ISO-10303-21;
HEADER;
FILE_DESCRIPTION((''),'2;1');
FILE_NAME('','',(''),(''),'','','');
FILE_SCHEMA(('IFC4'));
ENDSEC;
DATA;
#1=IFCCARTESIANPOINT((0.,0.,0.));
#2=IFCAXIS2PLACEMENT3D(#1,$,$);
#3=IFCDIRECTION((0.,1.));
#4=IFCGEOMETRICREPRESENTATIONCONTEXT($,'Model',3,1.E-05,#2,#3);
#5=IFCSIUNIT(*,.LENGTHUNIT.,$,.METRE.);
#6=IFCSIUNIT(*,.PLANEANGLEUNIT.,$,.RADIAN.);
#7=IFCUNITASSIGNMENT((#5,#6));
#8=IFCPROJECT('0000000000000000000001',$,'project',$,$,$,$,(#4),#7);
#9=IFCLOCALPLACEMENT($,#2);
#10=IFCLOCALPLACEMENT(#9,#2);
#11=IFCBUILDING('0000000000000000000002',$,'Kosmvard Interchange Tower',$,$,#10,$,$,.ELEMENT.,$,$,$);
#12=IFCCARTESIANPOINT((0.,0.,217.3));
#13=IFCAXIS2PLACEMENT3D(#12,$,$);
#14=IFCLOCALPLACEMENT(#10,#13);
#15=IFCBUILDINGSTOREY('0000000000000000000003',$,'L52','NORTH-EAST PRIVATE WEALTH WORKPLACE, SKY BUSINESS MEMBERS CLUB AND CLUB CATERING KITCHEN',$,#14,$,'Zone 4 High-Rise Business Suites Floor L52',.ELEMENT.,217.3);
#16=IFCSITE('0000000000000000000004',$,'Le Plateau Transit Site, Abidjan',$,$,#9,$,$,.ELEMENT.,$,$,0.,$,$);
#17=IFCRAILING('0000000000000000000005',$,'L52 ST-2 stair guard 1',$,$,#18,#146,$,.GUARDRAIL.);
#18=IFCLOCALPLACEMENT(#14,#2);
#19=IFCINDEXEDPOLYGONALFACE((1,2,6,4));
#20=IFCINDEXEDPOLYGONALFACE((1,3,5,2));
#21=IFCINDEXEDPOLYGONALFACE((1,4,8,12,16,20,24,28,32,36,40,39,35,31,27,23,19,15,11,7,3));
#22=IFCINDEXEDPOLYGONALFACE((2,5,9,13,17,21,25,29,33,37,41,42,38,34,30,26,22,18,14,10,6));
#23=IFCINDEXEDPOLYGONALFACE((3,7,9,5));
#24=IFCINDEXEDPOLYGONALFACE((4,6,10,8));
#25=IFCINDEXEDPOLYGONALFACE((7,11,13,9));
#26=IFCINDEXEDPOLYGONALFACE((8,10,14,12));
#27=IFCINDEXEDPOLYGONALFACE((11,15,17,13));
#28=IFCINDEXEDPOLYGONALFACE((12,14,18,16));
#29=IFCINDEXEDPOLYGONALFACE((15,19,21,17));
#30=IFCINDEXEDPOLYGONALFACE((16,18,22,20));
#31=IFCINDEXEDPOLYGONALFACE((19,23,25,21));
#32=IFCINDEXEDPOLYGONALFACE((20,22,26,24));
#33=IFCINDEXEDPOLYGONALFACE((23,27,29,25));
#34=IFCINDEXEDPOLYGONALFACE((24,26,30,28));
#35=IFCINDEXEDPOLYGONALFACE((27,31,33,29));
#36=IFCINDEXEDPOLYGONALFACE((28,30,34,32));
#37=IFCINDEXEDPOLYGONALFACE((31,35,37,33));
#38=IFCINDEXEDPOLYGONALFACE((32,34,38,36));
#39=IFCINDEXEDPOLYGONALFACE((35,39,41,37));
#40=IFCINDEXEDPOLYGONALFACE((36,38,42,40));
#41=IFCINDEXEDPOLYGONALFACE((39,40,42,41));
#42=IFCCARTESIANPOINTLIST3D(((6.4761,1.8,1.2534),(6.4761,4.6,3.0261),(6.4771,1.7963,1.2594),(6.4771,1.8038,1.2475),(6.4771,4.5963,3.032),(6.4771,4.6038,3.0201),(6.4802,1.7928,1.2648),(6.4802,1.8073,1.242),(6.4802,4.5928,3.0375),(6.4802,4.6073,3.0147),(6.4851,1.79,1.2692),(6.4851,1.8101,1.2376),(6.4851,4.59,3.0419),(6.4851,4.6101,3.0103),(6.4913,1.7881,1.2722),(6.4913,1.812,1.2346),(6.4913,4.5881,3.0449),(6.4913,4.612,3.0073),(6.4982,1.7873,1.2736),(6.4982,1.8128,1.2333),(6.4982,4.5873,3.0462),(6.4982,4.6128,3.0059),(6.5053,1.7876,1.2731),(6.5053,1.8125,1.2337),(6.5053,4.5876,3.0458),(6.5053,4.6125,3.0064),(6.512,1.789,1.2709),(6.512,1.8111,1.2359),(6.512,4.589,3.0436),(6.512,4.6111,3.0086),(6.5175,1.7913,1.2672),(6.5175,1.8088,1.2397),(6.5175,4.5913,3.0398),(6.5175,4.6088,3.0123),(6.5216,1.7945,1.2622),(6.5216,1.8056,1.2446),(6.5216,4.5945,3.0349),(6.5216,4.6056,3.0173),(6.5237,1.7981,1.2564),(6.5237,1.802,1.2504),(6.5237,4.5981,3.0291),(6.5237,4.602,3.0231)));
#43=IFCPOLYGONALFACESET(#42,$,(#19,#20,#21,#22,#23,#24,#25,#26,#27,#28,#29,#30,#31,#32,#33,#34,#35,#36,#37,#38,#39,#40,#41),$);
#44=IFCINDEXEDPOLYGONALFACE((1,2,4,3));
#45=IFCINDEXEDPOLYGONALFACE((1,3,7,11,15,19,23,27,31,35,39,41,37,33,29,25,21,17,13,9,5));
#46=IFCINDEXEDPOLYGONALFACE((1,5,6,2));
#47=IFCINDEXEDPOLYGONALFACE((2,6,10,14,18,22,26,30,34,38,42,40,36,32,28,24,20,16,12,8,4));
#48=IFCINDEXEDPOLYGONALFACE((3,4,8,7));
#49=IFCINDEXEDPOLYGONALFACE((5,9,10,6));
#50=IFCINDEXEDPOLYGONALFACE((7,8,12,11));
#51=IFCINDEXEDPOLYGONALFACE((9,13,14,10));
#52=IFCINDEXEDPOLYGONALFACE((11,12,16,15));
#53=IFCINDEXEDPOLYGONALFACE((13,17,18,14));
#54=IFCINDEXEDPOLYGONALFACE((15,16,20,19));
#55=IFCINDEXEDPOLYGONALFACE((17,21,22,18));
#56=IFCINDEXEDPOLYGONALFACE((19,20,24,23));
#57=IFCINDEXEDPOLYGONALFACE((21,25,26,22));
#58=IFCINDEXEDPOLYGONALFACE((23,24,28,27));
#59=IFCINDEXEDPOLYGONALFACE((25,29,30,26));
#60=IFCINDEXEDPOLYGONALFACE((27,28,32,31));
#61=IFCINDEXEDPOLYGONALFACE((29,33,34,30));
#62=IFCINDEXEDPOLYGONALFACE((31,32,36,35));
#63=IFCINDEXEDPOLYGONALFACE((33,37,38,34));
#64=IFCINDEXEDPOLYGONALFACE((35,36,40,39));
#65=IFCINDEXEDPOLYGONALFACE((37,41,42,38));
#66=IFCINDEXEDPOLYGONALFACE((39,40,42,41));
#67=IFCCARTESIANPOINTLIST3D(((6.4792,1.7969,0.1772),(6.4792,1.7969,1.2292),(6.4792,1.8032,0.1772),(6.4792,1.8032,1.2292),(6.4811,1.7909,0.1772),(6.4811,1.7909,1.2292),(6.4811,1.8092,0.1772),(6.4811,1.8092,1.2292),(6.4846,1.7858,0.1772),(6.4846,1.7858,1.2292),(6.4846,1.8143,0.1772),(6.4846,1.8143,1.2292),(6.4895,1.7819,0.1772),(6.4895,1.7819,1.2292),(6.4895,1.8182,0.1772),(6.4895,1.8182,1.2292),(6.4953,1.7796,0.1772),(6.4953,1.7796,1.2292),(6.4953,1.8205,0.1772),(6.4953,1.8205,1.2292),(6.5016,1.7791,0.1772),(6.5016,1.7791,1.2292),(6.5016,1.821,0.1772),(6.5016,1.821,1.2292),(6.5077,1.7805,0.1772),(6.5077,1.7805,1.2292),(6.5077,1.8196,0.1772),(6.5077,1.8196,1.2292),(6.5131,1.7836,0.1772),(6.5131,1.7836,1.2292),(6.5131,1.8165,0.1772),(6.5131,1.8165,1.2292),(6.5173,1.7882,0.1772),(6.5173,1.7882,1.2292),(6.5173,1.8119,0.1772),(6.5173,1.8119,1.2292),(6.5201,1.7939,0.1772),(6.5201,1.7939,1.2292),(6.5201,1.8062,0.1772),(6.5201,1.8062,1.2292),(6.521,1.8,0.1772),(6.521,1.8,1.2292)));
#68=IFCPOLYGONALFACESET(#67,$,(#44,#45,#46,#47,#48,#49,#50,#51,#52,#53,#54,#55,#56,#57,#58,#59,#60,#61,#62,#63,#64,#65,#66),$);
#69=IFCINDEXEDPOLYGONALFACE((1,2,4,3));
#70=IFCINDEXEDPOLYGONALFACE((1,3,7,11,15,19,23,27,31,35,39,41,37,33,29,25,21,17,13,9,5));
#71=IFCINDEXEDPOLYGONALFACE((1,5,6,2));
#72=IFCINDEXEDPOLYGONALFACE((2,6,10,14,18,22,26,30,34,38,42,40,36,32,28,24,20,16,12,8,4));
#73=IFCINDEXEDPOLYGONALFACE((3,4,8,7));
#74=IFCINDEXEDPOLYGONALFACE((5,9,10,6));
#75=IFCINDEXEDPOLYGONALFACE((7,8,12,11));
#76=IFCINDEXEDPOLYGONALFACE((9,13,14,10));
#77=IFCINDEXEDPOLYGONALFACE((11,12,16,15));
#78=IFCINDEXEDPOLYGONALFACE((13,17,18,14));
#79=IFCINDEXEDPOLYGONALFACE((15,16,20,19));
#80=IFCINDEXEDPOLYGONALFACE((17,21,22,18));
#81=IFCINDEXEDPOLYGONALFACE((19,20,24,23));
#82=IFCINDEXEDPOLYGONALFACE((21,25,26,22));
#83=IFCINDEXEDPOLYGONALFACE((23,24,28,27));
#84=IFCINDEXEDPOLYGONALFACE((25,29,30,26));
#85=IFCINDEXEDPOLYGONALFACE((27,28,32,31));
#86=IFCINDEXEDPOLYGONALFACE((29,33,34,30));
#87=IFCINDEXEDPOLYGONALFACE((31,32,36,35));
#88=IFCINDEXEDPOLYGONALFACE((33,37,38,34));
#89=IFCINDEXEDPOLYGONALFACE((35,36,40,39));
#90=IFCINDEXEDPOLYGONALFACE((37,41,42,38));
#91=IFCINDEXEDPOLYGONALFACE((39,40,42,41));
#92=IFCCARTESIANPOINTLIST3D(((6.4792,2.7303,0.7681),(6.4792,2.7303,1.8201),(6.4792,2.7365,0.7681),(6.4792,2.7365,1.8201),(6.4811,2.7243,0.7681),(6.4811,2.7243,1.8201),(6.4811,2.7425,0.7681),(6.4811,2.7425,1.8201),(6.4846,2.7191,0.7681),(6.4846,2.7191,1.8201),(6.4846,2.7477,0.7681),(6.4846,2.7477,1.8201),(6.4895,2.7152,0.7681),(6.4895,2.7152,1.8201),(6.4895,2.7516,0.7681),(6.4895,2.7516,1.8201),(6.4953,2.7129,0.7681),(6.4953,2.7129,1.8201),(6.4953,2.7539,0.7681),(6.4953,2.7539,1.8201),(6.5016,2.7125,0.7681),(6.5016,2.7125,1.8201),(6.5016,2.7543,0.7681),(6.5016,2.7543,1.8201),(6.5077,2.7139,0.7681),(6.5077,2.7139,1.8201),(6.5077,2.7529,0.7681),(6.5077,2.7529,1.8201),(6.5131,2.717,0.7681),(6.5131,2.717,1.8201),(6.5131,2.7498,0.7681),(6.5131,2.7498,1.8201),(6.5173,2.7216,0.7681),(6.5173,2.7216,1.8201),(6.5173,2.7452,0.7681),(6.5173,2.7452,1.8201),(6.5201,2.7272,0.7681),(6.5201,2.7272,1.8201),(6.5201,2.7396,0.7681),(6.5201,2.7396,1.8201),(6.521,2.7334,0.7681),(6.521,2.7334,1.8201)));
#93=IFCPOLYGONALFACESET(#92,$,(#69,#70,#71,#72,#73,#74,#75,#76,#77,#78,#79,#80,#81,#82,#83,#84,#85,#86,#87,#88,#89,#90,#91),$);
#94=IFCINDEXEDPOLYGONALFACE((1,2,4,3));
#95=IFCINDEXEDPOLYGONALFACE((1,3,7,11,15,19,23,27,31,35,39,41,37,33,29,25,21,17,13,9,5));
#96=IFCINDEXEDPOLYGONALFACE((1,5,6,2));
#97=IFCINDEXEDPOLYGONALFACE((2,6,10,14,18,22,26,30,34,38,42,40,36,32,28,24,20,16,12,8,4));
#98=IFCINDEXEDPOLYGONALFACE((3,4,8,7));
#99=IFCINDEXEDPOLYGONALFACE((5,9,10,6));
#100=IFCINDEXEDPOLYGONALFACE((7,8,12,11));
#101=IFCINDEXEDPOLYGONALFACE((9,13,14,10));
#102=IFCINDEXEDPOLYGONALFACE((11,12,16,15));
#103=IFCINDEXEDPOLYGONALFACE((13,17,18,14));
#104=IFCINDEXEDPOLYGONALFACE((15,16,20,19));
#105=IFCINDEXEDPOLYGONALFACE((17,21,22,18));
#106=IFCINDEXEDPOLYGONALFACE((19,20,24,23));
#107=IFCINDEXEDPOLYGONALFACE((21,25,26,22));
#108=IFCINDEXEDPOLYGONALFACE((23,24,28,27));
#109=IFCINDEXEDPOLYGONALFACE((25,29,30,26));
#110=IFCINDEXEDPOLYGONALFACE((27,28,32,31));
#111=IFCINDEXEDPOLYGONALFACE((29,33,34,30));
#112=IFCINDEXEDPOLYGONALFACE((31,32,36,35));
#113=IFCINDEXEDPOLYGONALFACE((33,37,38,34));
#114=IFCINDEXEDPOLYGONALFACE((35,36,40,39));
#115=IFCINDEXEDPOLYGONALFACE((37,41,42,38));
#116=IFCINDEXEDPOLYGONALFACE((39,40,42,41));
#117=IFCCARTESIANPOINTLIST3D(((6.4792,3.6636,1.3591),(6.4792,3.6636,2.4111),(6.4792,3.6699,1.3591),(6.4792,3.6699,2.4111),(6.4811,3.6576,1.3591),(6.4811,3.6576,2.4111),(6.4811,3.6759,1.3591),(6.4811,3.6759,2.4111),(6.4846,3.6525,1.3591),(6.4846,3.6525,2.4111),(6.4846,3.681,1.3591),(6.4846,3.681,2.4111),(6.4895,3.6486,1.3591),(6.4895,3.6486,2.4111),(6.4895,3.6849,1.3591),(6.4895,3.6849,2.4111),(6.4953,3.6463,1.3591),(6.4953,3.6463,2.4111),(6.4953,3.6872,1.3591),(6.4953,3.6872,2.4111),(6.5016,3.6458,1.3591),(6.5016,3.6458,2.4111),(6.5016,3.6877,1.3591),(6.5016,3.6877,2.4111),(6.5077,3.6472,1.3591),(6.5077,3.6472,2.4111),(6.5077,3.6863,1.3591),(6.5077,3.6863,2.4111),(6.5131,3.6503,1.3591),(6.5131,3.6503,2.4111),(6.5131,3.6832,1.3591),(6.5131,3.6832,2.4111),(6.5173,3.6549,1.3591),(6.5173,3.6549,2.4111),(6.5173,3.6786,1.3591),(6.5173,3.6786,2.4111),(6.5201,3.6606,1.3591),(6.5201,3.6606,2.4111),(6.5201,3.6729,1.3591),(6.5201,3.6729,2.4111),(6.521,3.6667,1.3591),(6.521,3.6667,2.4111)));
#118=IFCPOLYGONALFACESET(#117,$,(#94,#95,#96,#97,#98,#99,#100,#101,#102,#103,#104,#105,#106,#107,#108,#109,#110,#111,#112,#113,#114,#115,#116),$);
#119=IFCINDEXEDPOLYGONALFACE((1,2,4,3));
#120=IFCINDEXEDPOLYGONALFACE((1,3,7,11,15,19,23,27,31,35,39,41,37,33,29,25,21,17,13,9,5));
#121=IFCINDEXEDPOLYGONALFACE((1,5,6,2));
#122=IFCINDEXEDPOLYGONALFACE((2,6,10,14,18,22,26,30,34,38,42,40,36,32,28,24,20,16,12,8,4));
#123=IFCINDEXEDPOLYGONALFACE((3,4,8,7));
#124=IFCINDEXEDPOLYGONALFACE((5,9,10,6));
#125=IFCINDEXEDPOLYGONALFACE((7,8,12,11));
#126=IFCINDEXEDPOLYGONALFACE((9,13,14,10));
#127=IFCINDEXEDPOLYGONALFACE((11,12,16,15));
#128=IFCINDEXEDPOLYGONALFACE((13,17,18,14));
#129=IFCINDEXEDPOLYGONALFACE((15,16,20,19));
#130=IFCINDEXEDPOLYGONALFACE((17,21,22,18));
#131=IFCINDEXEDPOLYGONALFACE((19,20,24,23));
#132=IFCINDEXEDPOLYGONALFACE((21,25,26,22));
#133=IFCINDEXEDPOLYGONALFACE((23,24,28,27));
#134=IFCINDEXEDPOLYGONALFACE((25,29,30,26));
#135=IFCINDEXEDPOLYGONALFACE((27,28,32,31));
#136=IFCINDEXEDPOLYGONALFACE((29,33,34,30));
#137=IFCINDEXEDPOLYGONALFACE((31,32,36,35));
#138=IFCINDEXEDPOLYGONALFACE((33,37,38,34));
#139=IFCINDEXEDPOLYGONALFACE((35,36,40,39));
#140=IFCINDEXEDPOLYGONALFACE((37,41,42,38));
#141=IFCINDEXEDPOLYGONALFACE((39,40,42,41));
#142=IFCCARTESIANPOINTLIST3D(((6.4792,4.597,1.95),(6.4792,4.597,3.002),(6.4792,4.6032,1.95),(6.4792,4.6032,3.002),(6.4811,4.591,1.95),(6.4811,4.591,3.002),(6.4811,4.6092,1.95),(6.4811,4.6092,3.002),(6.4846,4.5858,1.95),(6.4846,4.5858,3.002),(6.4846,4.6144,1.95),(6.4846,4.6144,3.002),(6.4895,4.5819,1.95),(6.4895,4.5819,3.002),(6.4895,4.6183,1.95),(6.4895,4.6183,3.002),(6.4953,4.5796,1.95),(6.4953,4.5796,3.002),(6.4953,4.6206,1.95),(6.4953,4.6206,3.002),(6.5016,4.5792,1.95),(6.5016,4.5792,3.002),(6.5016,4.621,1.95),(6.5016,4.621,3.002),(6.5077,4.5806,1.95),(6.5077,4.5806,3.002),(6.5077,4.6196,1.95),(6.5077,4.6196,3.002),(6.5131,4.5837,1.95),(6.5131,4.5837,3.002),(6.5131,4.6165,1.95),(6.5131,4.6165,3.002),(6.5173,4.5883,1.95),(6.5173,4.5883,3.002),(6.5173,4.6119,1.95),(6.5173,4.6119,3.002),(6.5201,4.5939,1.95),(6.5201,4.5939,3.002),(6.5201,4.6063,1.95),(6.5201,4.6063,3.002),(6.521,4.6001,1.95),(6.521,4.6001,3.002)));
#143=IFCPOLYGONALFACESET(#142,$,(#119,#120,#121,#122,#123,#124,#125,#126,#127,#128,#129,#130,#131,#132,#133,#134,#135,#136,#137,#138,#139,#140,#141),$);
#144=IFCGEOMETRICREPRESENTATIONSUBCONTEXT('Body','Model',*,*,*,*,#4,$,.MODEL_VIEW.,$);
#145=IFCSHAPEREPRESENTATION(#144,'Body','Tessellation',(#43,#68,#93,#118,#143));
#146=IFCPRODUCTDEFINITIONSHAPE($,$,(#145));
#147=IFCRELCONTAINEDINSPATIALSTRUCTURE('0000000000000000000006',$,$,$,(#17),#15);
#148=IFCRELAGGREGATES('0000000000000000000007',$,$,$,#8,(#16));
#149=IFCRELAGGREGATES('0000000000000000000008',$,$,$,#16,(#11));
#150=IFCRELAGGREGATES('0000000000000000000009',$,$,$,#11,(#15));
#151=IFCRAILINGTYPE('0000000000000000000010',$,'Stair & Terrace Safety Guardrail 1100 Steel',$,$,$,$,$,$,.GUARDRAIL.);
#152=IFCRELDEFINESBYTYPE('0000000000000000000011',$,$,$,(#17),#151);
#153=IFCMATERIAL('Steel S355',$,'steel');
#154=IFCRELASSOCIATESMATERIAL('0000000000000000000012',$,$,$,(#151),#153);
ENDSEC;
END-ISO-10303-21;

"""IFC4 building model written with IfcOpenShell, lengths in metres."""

from ifc_helpers import new_model, si_unit, direction, frame, origin, origin_2d, place, context, subcontext, project, spatial, circle, extrude, source, transform, mapped, material, type_object, element, save


model = new_model("IFC4")

# Units and contexts
model_context = context("Model", 3, precision=1e-05, world=origin(), true_north=direction((0.0, 1.0)))
body_context = subcontext(model_context, "Body", "Model", "MODEL_VIEW")
ifc_project = project(units=[si_unit("LENGTHUNIT", "METRE"), si_unit("PLANEANGLEUNIT", "RADIAN")], contexts=[model_context])

# Site, building, storey
site_placement = place(None, origin())
site = spatial("IfcSite", under=ifc_project, at=site_placement, Name="Le Plateau Transit Site, Abidjan", CompositionType="ELEMENT", RefElevation=0.0)
building_placement = place(site_placement, origin())
building = spatial("IfcBuilding", under=site, at=building_placement, Name="Kosmvard Interchange Tower", CompositionType="ELEMENT")
storey_placement = place(building_placement, frame((0.0, 0.0, 217.3)))
storey = spatial("IfcBuildingStorey", under=building, at=storey_placement, Name="L52", Description="NORTH-EAST PRIVATE WEALTH WORKPLACE, SKY BUSINESS MEMBERS CLUB AND CLUB CATERING KITCHEN", LongName="Zone 4 High-Rise Business Suites Floor L52", CompositionType="ELEMENT", Elevation=217.3)

# Shared definitions
ifc_material_1 = material(Name="Steel S355", Category="steel")

# Railing
railing_type_1 = type_object("IfcRailingType", Name="Stair & Terrace Safety Guardrail 1100 Steel", PredefinedType="GUARDRAIL", material=ifc_material_1)
shared_shape_1 = source(origin(), body_context, "Body", "SweptSolid", [
    extrude(circle(Radius=0.0239, at=origin_2d()), frame((0.0, 0.0, 1.0762), z_axis=(0.0, 0.844909, 0.53491), x_axis=(-1.0, 0.0, 0.0)), (0.0, 0.0, 1.0), 3.314),
    extrude(circle(Radius=0.021, at=origin_2d()), origin(), (0.0, 0.0, 1.0), 1.052),
    extrude(circle(Radius=0.021, at=origin_2d()), frame((0.0, 0.9333, 0.5908)), (0.0, 0.0, 1.0), 1.052),
    extrude(circle(Radius=0.021, at=origin_2d()), frame((0.0, 1.8667, 1.1819)), (0.0, 0.0, 1.0), 1.052),
    extrude(circle(Radius=0.021, at=origin_2d()), frame((0.0, 2.8, 1.7727)), (0.0, 0.0, 1.0), 1.052),
])
railing_1_placement = place(storey_placement, frame((6.5, 1.8, 0.1772)))
element("IfcRailing", 1, at=railing_1_placement, inside=storey, type_object=railing_type_1, Name="L52 ST-2 stair guard 1", PredefinedType="GUARDRAIL", context=body_context, shape_type="MappedRepresentation", body=[
    mapped(shared_shape_1, transform((0.0, 0.0, 0.0), scale=1.0)),
])

save(model, "model.ifc")
